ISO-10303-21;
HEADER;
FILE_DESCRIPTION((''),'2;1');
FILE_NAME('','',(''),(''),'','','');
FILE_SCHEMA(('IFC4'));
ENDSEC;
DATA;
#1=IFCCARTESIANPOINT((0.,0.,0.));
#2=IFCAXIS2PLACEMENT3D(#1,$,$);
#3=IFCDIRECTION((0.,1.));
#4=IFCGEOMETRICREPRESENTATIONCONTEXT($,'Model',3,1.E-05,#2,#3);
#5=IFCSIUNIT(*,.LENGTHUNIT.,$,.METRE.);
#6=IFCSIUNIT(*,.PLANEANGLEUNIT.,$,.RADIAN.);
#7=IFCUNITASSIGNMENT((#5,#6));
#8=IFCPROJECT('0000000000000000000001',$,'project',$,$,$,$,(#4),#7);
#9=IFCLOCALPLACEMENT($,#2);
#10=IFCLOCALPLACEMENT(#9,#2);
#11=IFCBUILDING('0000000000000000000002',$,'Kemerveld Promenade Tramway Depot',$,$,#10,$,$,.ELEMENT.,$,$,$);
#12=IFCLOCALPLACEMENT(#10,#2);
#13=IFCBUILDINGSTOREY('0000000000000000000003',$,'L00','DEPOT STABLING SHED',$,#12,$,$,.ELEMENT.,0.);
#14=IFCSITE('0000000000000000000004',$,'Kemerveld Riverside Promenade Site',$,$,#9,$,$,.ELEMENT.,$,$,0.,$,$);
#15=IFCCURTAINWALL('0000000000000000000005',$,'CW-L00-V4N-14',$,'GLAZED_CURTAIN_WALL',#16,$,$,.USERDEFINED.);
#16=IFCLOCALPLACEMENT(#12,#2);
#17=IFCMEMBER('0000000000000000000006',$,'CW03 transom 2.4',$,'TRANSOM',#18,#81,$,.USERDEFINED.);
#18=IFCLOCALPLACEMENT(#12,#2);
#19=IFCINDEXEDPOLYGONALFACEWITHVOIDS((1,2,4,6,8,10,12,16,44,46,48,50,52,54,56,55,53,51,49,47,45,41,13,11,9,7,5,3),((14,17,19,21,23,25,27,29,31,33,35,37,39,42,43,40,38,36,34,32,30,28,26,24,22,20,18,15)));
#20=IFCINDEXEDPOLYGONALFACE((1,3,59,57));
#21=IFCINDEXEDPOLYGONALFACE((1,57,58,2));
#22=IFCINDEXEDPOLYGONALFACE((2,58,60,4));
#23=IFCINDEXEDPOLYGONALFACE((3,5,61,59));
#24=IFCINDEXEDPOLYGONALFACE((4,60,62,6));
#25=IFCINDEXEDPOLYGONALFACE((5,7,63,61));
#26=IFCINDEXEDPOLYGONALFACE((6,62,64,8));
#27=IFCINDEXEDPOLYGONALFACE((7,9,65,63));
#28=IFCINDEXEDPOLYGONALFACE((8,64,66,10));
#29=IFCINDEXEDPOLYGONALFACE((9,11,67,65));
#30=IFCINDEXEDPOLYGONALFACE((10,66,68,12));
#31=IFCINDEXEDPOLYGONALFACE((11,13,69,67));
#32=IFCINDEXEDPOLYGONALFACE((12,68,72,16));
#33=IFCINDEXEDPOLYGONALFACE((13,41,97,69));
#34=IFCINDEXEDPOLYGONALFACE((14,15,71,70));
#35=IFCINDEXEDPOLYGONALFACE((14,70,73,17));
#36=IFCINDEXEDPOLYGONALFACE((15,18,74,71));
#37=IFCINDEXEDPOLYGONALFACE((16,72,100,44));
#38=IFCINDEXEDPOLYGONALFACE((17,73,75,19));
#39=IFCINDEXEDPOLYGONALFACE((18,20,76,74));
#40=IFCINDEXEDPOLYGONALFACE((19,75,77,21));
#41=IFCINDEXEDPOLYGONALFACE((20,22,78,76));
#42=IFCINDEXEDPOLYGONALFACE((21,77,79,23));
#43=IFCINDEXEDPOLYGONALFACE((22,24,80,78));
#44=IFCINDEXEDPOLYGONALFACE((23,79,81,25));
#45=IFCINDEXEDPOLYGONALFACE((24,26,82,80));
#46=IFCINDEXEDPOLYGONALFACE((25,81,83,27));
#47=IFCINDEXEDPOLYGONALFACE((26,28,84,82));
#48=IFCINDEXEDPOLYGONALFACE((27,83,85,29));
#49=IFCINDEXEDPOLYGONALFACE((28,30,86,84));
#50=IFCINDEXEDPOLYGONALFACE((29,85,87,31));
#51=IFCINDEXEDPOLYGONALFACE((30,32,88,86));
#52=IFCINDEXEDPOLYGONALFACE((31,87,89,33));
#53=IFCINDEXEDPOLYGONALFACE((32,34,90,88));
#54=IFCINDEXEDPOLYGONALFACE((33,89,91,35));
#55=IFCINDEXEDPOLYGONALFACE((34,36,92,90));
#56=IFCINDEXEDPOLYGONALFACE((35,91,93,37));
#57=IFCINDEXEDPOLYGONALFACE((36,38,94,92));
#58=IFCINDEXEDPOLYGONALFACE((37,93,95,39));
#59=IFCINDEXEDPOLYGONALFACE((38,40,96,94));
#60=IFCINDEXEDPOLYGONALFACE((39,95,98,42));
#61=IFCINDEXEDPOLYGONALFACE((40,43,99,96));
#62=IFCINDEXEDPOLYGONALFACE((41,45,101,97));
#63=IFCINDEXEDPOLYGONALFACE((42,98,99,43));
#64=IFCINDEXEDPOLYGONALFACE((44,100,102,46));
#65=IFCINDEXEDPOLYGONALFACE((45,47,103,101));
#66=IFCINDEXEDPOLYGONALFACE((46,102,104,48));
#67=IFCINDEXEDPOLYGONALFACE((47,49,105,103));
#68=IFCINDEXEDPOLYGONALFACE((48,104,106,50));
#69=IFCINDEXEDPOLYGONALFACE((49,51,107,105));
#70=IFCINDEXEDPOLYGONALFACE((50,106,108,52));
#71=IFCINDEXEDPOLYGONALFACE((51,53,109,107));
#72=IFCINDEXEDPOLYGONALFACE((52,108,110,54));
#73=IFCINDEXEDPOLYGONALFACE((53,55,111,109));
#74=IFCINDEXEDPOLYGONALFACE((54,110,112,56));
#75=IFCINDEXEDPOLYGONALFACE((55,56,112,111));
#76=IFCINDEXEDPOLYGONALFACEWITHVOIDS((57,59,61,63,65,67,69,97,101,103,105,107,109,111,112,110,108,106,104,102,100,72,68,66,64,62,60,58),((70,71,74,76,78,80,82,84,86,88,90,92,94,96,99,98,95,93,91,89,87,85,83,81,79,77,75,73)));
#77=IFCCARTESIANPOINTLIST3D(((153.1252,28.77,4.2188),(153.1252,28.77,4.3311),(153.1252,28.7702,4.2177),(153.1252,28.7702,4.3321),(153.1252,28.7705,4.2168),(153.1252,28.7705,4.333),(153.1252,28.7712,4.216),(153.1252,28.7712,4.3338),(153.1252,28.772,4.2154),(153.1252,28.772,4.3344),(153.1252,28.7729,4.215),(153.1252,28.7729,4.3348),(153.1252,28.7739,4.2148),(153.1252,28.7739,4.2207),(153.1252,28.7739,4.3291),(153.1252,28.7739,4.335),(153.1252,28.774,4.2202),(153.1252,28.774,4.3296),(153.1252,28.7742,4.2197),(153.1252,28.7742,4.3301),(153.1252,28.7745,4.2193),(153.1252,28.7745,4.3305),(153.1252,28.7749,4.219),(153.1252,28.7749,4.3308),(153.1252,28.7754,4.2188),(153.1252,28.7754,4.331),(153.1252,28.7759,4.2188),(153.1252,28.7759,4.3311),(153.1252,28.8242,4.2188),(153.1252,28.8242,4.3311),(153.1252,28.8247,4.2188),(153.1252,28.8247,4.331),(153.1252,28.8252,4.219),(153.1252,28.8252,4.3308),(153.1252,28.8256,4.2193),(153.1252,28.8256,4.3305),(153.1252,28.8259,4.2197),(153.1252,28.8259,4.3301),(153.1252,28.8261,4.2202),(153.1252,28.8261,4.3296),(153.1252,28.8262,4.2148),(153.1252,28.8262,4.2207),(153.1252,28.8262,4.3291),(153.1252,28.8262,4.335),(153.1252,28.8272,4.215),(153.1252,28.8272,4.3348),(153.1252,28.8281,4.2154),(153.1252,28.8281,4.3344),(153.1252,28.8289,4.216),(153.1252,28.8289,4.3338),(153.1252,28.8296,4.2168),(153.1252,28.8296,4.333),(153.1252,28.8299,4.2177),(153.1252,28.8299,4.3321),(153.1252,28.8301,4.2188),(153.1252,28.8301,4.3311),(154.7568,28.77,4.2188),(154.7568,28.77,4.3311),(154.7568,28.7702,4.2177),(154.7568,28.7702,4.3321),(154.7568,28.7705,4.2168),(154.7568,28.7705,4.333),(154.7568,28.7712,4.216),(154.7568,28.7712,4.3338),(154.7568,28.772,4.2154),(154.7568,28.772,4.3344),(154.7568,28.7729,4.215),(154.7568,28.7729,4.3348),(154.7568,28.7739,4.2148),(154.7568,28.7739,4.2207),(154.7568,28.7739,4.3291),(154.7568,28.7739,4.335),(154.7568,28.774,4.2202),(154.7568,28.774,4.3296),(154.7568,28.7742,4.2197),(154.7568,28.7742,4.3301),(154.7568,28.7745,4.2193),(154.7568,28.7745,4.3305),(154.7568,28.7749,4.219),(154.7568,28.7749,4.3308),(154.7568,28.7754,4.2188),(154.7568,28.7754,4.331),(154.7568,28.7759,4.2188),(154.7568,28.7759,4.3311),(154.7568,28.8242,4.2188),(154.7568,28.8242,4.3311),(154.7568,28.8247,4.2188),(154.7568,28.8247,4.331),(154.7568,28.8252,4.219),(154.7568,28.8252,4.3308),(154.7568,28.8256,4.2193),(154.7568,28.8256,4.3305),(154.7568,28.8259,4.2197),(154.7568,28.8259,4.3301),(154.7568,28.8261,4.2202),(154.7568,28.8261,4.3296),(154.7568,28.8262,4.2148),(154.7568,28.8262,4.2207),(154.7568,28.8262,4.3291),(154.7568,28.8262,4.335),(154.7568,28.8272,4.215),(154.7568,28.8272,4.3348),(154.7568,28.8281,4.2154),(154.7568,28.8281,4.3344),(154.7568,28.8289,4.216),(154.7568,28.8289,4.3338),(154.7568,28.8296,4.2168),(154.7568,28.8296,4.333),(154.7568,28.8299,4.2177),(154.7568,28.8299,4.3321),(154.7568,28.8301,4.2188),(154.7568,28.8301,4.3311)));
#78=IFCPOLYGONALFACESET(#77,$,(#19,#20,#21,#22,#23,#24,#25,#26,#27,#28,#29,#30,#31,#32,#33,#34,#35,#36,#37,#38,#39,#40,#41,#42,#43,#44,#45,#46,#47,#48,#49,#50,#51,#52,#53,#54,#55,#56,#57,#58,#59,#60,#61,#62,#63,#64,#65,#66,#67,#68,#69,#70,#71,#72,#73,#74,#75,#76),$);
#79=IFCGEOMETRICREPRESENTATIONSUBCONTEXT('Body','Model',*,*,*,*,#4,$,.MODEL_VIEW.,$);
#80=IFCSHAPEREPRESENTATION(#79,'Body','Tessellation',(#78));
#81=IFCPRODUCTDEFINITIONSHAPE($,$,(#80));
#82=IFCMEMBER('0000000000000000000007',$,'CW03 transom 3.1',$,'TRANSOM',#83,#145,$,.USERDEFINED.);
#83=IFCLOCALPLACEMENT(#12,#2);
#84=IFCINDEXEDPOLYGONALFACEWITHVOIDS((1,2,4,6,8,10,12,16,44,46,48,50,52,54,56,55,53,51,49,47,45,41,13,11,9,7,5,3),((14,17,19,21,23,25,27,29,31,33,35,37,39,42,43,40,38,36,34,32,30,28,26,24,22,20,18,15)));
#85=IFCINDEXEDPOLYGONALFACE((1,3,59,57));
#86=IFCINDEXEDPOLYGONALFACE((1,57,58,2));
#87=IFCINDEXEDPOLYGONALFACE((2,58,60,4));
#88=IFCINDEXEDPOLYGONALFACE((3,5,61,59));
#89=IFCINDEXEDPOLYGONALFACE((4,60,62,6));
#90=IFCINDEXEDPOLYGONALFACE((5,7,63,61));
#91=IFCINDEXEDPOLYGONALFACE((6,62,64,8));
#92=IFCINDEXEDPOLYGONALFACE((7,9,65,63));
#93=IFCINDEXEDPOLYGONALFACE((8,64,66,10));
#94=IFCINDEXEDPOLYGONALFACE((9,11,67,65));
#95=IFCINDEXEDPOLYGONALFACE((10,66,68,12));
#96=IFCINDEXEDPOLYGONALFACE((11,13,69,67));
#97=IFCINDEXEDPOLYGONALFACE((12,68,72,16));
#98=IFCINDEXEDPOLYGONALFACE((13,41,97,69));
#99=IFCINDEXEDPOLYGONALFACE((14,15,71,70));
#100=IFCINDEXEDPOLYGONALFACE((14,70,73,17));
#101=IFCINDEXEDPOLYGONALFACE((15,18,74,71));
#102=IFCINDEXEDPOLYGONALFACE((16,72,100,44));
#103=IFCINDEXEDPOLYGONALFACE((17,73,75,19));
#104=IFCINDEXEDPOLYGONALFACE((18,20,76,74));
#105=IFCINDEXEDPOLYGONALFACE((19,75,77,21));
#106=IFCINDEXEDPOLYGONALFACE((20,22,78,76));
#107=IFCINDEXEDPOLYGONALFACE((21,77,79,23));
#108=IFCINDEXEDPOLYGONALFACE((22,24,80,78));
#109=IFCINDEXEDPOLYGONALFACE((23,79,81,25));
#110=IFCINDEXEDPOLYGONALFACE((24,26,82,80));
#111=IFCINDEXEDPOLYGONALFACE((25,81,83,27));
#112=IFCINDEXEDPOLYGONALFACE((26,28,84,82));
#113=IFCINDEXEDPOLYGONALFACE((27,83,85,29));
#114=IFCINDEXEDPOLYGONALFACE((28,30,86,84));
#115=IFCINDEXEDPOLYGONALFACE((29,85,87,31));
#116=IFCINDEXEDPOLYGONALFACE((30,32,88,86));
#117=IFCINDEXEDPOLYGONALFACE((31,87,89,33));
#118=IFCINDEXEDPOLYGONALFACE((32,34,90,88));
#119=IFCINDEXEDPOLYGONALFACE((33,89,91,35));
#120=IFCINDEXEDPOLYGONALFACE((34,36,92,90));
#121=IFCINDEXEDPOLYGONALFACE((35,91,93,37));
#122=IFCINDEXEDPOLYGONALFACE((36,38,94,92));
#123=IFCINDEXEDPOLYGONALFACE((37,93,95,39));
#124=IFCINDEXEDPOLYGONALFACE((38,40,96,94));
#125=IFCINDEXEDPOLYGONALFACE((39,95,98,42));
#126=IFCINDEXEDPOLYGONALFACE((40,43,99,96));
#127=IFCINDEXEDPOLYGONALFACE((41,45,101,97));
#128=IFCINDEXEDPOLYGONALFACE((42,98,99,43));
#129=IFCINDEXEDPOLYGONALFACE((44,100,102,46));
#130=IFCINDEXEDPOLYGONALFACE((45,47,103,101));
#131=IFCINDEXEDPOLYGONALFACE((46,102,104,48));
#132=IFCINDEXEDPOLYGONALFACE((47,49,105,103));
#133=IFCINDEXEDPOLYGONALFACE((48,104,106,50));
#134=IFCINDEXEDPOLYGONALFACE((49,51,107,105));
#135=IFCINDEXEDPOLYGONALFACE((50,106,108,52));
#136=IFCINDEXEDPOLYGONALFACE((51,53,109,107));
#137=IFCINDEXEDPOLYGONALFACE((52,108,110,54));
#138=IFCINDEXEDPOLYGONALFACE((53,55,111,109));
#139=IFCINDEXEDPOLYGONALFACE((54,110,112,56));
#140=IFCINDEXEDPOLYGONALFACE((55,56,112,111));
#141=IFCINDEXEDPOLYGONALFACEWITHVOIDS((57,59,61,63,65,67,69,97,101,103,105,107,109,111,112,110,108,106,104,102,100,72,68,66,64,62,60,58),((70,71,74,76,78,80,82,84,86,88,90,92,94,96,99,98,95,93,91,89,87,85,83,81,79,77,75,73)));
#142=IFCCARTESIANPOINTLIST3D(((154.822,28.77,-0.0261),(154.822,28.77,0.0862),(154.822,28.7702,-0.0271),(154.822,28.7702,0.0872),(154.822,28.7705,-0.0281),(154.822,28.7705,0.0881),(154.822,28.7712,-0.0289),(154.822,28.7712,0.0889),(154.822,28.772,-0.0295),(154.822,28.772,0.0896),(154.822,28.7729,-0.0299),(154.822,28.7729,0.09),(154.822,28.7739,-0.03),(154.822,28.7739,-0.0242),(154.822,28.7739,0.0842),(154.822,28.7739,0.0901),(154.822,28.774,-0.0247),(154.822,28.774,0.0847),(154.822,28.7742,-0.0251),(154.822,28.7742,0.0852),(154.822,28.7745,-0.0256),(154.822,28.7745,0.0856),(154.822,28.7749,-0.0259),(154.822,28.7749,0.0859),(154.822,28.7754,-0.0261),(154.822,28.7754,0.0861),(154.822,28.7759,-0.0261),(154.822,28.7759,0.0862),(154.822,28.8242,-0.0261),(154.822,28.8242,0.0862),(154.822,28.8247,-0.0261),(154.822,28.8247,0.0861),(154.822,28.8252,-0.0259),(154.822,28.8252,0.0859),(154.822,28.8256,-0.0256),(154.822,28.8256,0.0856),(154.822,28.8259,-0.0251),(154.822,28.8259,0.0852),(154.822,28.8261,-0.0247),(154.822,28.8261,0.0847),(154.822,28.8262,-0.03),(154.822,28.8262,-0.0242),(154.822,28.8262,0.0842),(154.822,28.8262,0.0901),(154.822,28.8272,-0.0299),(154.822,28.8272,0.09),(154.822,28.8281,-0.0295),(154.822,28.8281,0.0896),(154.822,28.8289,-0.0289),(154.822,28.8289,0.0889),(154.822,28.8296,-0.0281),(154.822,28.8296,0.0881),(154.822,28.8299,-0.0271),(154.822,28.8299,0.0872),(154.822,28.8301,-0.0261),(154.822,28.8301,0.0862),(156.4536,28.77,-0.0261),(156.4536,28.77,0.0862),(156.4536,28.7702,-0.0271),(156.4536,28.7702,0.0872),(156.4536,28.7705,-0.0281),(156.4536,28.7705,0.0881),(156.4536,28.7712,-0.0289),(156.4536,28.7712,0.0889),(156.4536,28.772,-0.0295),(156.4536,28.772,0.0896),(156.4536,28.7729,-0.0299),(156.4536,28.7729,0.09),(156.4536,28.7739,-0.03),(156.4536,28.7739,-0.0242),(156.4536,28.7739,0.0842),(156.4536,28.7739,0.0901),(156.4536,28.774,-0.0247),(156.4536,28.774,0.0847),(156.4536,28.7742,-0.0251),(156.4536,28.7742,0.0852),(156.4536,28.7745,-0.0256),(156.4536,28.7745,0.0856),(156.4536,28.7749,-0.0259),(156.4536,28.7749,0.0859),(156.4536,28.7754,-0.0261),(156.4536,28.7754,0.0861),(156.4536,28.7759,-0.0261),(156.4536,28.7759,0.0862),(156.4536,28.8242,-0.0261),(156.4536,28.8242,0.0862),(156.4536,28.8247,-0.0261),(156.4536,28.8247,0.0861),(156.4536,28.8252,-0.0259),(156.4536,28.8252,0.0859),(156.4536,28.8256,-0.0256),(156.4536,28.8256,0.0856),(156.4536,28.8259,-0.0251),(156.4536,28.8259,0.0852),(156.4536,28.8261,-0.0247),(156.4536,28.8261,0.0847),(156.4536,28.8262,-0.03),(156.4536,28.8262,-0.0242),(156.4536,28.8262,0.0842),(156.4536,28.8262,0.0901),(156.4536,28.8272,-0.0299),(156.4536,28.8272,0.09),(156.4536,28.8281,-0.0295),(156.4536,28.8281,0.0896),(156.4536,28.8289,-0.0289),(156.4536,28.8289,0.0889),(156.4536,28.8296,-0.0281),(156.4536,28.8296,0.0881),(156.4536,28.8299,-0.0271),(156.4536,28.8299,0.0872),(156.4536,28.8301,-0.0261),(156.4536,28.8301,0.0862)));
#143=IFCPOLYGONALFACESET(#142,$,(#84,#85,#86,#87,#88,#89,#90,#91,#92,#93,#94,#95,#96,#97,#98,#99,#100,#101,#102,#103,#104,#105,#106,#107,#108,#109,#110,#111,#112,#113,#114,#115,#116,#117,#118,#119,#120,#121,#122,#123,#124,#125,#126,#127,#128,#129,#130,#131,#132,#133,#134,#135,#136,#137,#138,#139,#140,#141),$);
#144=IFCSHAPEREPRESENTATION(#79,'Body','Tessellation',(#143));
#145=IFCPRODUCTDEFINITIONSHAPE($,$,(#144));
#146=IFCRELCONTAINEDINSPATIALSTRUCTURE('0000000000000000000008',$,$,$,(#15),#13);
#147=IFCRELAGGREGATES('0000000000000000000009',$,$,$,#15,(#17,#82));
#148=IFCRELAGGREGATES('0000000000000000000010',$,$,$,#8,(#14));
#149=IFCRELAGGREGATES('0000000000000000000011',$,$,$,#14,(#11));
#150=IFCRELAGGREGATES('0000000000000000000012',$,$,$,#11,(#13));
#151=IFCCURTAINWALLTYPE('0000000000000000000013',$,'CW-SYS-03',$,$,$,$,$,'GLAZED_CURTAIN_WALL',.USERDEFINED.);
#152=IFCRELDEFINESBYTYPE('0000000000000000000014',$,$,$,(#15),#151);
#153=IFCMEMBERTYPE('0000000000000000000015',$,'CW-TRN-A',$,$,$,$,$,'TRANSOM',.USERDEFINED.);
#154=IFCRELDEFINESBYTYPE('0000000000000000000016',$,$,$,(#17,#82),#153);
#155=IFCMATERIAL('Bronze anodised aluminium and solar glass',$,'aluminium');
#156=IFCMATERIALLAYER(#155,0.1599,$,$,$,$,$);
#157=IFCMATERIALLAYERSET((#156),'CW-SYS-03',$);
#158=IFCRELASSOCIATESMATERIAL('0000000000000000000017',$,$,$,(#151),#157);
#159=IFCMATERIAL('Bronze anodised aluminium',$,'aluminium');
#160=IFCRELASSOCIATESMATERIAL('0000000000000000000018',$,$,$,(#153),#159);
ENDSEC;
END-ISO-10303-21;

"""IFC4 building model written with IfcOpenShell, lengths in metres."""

from ifc_helpers import new_model, si_unit, direction, frame, origin, origin_2d, place, context, subcontext, project, spatial, hollow_rectangle, extrude, material, layer, layer_set, material_profile, profile_set, type_object, element, aggregate, save


model = new_model("IFC4")

# Units and contexts
model_context = context("Model", 3, precision=1e-05, world=origin(), true_north=direction((0.0, 1.0)))
body_context = subcontext(model_context, "Body", "Model", "MODEL_VIEW")
ifc_project = project(units=[si_unit("LENGTHUNIT", "METRE"), si_unit("PLANEANGLEUNIT", "RADIAN")], contexts=[model_context])

# Site, building, storey
site_placement = place(None, origin())
site = spatial("IfcSite", under=ifc_project, at=site_placement, Name="Kemerveld Riverside Promenade Site", CompositionType="ELEMENT", RefElevation=0.0)
building_placement = place(site_placement, origin())
building = spatial("IfcBuilding", under=site, at=building_placement, Name="Kemerveld Promenade Tramway Depot", CompositionType="ELEMENT")
storey_placement = place(building_placement, origin())
storey = spatial("IfcBuildingStorey", under=building, at=storey_placement, Name="L00", Description="DEPOT STABLING SHED", CompositionType="ELEMENT", Elevation=0.0)

# Curtain wall, members
ifc_material_1 = material(Name="Bronze anodised aluminium and solar glass", Category="aluminium")
ifc_layer_1 = layer(ifc_material_1, 0.1599)
ifc_layer_set_1 = layer_set([ifc_layer_1], Name="CW-SYS-03")
curtain_wall_type = type_object("IfcCurtainWallType", Name="CW-SYS-03", ElementType="GLAZED_CURTAIN_WALL", PredefinedType="USERDEFINED", material=ifc_layer_set_1)
curtain_wall_placement = place(storey_placement, origin())
curtain_wall = element("IfcCurtainWall", 1, at=curtain_wall_placement, inside=storey, type_object=curtain_wall_type, Name="CW-L00-V4N-14", ObjectType="GLAZED_CURTAIN_WALL", PredefinedType="USERDEFINED")
ifc_material_2 = material(Name="Bronze anodised aluminium", Category="aluminium")
ifc_material_profile_1 = material_profile(ifc_material_2, hollow_rectangle(XDim=0.0601, YDim=0.1201, WallThickness=0.0039, InnerFilletRadius=0.002, OuterFilletRadius=0.0039, at=origin_2d()), Name="CW-TRN-120x60")
ifc_profile_set_1 = profile_set([ifc_material_profile_1], Name="Bronze anodised aluminium")
member_type_1 = type_object("IfcMemberType", Name="CW-TRN-A", ElementType="TRANSOM", PredefinedType="USERDEFINED", material=ifc_profile_set_1)
member_1_placement = place(storey_placement, frame((153.1252, 28.8, 4.2749), z_axis=(1.0, 0.0, 0.0), x_axis=(0.0, 1.0, 0.0)))
member_1 = element("IfcMember", 2, at=member_1_placement, type_object=member_type_1, Name="CW03 transom 2.4", ObjectType="TRANSOM", PredefinedType="USERDEFINED", context=body_context, shape_type="SweptSolid", body=[
    extrude(hollow_rectangle(XDim=0.0601, YDim=0.1201, WallThickness=0.0039, InnerFilletRadius=0.002, OuterFilletRadius=0.0039, at=origin_2d()), origin(), (0.0, 0.0, 1.0), 1.6316),
])
member_2_placement = place(storey_placement, frame((154.822, 28.8, 0.03), z_axis=(1.0, 0.0, 0.0), x_axis=(0.0, 1.0, 0.0)))
member_2 = element("IfcMember", 3, at=member_2_placement, type_object=member_type_1, Name="CW03 transom 3.1", ObjectType="TRANSOM", PredefinedType="USERDEFINED", context=body_context, shape_type="SweptSolid", body=[
    extrude(hollow_rectangle(XDim=0.0601, YDim=0.1201, WallThickness=0.0039, InnerFilletRadius=0.002, OuterFilletRadius=0.0039, at=origin_2d()), origin(), (0.0, 0.0, 1.0), 1.6316),
])
aggregate(curtain_wall, [member_1, member_2])

save(model, "model.ifc")
